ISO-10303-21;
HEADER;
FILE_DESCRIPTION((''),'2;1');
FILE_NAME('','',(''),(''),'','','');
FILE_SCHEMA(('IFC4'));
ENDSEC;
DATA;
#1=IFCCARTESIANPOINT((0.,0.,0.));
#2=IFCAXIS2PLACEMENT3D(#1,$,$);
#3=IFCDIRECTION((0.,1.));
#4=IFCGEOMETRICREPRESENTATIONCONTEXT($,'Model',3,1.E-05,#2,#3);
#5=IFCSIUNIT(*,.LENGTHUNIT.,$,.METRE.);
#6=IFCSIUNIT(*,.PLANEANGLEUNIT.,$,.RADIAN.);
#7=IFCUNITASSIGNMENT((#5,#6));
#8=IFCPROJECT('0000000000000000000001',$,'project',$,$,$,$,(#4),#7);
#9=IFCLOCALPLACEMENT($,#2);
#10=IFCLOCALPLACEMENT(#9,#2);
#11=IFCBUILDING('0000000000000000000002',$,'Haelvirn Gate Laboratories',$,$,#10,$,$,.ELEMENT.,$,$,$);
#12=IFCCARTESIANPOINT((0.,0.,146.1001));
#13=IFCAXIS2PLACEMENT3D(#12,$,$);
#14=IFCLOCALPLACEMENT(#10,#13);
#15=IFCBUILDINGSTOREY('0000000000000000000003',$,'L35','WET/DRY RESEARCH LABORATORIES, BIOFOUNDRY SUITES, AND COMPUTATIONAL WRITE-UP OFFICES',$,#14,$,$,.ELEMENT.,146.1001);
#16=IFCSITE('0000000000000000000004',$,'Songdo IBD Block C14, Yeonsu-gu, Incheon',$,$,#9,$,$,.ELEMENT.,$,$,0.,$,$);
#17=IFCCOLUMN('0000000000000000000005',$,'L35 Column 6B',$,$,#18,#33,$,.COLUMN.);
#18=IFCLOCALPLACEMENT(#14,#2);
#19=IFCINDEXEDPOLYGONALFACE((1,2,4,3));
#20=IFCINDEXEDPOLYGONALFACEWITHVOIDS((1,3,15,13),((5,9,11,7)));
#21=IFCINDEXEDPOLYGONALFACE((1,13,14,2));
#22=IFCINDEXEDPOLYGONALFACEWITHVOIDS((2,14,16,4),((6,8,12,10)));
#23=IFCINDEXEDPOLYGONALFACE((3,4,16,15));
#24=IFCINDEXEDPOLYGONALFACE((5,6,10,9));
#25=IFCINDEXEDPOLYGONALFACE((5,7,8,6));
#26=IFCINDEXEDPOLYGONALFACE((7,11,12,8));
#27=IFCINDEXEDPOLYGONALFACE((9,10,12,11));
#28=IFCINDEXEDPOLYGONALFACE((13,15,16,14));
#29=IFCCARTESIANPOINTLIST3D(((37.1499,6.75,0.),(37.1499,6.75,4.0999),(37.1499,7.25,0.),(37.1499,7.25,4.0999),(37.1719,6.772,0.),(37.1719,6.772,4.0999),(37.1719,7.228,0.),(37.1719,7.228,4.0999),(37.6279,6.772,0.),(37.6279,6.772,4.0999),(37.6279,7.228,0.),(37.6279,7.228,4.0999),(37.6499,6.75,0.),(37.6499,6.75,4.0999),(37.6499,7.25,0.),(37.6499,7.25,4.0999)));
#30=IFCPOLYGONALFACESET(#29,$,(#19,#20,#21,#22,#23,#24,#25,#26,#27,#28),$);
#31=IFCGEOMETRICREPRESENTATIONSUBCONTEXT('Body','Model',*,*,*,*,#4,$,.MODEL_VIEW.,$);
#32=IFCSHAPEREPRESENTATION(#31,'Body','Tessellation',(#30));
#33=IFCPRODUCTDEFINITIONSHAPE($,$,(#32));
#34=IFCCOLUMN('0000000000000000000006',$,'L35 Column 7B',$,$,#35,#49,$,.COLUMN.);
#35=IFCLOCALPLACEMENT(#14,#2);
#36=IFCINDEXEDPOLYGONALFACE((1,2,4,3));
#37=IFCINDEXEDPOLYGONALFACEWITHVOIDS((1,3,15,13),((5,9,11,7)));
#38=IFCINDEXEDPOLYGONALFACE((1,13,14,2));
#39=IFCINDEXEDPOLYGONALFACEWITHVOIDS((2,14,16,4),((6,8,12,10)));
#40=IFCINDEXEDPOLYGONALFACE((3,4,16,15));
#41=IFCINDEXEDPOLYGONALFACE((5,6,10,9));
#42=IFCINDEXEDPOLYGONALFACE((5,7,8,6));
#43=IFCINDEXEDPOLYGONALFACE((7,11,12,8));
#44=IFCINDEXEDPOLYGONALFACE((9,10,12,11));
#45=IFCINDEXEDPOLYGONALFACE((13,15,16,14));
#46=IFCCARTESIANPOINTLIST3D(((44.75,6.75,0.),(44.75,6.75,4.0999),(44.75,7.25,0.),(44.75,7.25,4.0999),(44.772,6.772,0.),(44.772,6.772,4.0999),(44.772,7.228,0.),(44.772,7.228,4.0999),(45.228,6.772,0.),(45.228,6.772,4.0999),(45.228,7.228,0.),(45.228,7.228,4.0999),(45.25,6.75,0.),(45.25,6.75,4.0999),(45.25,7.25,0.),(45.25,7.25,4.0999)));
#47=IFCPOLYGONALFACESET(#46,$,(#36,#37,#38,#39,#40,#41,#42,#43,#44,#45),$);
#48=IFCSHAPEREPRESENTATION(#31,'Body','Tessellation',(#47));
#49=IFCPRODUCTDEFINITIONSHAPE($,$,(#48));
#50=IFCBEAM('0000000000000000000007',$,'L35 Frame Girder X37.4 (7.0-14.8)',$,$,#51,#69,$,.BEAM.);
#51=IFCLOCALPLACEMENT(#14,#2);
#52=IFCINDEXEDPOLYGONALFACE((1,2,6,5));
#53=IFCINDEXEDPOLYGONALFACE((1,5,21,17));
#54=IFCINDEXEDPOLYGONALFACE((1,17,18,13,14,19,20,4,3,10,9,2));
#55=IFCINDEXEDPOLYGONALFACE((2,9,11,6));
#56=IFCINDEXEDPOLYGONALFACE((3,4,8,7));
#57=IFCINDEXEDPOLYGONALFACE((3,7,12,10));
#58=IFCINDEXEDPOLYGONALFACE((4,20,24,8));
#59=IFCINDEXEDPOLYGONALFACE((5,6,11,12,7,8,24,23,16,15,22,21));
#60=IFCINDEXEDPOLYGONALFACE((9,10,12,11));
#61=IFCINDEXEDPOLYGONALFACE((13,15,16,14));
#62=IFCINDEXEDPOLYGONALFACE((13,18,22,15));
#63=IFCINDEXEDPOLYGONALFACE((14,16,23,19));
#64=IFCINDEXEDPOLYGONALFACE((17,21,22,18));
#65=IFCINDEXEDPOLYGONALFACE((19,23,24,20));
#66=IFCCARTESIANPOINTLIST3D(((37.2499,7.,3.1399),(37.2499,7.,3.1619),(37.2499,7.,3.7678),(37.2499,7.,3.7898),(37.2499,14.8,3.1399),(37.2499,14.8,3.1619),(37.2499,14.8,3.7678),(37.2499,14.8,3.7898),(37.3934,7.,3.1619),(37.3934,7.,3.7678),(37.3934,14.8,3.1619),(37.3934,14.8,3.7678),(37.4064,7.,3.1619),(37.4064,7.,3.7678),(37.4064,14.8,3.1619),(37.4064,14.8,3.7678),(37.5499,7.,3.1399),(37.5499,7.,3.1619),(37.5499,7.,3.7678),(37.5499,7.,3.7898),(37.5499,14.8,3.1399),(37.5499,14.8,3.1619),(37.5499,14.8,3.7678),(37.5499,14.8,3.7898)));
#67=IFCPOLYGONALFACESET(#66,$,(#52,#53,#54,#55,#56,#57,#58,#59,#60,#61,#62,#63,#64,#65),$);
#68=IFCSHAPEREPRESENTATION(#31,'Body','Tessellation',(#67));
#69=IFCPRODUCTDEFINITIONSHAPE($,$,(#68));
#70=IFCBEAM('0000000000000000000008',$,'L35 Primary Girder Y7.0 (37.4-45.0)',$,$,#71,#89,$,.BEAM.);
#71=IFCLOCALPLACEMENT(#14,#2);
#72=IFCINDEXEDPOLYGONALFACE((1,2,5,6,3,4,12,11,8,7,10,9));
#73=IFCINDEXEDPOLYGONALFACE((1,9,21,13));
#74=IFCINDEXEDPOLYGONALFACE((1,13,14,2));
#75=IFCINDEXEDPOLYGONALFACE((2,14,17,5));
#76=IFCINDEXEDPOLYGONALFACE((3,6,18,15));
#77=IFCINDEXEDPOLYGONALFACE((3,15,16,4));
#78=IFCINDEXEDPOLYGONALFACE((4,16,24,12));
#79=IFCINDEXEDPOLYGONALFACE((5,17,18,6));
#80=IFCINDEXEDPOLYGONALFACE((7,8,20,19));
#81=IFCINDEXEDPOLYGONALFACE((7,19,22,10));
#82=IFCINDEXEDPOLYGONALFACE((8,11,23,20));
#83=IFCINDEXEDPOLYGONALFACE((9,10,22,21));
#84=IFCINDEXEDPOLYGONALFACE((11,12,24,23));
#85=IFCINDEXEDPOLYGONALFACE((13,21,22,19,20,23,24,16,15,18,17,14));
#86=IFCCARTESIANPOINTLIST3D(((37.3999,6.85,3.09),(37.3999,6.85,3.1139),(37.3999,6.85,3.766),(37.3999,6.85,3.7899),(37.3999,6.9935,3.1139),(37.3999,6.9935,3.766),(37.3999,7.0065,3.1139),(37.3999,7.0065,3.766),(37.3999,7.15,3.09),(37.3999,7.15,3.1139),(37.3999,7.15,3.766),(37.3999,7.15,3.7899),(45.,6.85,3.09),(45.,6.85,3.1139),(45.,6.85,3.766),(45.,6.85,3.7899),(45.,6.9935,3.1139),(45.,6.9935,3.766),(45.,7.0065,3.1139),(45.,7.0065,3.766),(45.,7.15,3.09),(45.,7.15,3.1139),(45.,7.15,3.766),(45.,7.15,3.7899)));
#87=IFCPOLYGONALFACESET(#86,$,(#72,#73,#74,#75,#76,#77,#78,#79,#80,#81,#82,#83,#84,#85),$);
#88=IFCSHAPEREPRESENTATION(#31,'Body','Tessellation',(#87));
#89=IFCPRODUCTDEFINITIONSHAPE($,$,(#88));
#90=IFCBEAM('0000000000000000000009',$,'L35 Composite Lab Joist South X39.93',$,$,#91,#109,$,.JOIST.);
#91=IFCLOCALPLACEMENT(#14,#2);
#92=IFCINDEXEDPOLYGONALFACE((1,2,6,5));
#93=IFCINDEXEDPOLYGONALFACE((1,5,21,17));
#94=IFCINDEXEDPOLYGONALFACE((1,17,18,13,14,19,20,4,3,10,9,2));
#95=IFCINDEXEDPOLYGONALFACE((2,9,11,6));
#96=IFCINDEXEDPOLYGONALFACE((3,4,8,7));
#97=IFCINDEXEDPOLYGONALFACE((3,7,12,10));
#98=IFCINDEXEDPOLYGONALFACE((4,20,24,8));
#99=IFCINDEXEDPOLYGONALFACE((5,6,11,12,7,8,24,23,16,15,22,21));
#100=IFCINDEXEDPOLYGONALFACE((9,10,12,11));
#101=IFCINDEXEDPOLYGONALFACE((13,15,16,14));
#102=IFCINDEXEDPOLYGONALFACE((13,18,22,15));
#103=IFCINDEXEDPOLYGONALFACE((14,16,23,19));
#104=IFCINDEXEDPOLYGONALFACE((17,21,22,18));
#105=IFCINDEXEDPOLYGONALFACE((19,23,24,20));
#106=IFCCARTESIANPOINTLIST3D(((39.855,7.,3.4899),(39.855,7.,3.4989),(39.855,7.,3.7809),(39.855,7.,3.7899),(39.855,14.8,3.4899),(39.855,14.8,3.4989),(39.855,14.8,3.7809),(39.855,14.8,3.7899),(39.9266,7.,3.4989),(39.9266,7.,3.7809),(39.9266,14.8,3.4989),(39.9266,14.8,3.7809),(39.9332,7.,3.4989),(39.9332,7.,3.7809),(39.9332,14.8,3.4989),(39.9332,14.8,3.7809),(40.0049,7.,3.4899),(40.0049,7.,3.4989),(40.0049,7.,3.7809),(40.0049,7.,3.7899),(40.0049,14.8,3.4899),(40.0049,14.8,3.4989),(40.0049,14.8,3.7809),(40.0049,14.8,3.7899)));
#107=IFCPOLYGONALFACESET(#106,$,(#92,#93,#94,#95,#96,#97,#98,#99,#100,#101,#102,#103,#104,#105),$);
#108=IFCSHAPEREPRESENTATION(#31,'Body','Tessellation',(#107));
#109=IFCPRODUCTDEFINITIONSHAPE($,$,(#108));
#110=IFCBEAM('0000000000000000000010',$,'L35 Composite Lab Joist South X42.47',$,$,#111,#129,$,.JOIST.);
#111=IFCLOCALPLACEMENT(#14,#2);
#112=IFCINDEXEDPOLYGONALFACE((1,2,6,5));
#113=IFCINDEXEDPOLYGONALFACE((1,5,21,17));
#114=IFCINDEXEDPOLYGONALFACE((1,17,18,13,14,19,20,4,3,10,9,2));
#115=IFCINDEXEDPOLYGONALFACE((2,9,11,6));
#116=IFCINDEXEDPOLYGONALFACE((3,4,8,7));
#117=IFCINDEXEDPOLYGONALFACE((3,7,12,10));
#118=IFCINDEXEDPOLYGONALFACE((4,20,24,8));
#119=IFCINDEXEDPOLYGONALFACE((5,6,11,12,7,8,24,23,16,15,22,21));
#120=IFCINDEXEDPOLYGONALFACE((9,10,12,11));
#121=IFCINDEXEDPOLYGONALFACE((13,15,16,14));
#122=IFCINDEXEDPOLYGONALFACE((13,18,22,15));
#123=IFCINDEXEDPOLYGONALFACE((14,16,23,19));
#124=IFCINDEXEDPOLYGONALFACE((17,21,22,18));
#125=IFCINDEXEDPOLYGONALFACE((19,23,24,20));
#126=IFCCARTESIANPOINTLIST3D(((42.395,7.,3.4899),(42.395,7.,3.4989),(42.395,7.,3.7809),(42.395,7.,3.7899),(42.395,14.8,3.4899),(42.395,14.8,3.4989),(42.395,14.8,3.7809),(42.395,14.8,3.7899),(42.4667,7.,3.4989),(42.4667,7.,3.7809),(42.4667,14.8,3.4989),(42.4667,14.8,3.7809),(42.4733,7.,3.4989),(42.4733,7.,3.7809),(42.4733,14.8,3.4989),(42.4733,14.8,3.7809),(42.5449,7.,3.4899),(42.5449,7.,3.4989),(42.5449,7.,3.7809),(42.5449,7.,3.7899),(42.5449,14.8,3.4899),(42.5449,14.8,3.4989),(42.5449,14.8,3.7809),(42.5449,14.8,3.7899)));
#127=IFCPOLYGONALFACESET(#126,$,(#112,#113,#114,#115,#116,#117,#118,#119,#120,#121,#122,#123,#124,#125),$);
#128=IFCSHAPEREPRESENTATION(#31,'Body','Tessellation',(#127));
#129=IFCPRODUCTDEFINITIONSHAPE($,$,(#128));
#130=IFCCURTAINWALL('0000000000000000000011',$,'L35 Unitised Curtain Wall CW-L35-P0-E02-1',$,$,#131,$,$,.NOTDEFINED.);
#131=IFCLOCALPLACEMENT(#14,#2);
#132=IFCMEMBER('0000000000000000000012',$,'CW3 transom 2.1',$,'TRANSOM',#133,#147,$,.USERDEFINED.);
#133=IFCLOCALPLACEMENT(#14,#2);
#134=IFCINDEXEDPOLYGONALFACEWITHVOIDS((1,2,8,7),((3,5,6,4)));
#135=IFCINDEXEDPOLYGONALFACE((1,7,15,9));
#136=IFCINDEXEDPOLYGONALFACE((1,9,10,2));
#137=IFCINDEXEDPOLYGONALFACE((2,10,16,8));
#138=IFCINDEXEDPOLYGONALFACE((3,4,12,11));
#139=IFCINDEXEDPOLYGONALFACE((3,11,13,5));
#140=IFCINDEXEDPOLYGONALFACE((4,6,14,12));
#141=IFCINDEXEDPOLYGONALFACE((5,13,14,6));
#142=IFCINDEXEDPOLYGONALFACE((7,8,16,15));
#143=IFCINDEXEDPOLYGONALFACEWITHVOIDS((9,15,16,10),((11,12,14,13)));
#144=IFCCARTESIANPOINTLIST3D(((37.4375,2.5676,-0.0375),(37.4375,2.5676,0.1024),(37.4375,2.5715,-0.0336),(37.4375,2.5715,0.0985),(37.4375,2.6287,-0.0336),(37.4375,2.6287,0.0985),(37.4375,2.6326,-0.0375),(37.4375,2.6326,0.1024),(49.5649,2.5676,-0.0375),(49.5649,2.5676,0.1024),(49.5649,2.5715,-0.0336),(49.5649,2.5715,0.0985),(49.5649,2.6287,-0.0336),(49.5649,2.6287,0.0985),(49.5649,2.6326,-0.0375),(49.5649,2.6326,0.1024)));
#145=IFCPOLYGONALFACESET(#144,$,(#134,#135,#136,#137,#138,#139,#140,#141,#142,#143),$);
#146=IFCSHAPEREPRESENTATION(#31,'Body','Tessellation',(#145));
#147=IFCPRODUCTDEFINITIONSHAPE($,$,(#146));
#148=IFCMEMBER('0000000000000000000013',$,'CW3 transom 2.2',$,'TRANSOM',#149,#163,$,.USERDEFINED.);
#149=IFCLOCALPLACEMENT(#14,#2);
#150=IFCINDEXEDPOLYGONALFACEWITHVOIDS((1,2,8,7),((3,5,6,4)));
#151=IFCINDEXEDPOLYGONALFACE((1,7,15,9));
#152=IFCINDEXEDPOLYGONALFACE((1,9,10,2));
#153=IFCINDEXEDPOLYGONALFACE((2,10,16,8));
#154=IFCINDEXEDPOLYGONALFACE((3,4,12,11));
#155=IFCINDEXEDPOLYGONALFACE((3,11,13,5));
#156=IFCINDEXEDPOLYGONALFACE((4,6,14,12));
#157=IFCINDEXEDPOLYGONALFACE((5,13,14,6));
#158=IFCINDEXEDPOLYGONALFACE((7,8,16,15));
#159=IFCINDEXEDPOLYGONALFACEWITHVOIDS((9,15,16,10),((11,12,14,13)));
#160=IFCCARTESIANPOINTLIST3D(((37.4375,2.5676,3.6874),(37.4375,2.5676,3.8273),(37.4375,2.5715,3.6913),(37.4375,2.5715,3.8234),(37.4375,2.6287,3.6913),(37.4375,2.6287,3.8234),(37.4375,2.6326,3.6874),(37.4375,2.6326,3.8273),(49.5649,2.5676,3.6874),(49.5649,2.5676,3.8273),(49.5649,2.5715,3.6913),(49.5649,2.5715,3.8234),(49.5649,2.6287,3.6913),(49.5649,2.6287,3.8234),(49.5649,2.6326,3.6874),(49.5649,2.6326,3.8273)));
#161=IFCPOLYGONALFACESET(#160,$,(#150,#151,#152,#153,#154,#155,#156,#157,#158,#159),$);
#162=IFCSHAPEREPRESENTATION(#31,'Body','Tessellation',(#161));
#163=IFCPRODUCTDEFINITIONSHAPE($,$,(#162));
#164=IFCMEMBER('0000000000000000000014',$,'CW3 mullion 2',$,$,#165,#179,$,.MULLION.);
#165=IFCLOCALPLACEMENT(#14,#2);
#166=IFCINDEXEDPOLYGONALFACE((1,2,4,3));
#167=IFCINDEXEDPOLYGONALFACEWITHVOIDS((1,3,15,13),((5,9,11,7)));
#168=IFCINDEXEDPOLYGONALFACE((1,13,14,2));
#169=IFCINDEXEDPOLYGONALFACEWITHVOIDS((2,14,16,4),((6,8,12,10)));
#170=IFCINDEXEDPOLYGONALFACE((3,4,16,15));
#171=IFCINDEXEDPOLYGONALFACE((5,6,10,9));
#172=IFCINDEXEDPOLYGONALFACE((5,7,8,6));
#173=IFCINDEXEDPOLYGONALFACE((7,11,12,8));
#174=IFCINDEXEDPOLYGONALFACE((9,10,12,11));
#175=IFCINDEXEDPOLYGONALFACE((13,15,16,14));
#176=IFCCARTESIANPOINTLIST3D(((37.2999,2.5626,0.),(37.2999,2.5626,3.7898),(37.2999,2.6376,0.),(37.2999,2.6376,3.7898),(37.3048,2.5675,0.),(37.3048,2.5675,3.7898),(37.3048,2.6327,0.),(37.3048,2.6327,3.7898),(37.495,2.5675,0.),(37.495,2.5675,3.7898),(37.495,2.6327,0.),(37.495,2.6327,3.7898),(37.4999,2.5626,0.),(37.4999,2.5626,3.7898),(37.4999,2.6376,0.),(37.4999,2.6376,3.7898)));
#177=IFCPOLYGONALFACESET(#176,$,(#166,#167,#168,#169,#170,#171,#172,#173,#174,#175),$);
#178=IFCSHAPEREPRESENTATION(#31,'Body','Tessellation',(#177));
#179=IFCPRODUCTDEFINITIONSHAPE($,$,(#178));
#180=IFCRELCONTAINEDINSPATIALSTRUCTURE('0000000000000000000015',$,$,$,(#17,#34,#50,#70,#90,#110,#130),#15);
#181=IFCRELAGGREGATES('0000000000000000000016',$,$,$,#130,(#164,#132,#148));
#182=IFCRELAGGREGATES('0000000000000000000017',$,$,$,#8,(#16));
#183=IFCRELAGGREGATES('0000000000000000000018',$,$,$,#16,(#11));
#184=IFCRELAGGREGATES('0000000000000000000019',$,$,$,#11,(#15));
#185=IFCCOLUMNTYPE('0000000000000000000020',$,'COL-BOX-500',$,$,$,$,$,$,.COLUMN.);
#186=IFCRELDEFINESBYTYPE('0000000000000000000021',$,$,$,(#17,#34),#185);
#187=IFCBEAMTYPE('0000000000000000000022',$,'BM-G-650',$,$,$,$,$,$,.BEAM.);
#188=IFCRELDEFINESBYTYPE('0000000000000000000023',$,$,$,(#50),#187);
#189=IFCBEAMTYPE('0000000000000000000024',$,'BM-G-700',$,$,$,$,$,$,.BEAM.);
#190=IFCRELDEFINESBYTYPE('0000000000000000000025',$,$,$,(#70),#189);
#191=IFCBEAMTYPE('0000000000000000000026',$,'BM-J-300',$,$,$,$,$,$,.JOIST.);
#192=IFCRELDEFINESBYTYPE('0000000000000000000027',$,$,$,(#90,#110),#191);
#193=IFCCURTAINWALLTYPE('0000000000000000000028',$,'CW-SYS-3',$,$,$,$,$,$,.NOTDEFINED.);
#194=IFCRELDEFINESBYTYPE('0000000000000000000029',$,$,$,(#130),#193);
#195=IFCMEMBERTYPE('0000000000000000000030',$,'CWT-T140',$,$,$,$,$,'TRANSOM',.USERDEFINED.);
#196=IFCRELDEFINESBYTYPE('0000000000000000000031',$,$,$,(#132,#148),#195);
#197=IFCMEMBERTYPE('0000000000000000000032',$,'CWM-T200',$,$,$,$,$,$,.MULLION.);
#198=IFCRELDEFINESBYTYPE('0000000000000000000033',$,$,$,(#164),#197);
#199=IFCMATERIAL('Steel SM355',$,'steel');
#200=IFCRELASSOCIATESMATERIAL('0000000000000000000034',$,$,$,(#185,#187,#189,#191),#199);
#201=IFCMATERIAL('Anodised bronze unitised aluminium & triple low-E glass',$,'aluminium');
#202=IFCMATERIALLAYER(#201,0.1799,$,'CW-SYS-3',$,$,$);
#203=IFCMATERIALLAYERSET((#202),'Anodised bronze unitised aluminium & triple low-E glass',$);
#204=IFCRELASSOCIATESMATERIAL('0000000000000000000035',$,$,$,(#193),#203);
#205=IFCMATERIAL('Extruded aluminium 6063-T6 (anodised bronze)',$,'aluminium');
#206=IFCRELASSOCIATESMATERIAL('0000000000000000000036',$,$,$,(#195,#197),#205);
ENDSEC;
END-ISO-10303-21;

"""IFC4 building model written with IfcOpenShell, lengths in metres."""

from ifc_helpers import new_model, si_unit, direction, frame, origin, origin_2d, place, context, subcontext, project, spatial, hollow_rectangle, i_section, extrude, source, transform, mapped, material, layer, layer_set, material_profile, profile_set, type_object, type_shapes, element, aggregate, save


model = new_model("IFC4")

# Units and contexts
model_context = context("Model", 3, precision=1e-05, world=origin(), true_north=direction((0.0, 1.0)))
body_context = subcontext(model_context, "Body", "Model", "MODEL_VIEW")
ifc_project = project(units=[si_unit("LENGTHUNIT", "METRE"), si_unit("PLANEANGLEUNIT", "RADIAN")], contexts=[model_context])

# Site, building, storey
site_placement = place(None, origin())
site = spatial("IfcSite", under=ifc_project, at=site_placement, Name="Songdo IBD Block C14, Yeonsu-gu, Incheon", CompositionType="ELEMENT", RefElevation=0.0)
building_placement = place(site_placement, origin())
building = spatial("IfcBuilding", under=site, at=building_placement, Name="Haelvirn Gate Laboratories", CompositionType="ELEMENT")
storey_placement = place(building_placement, frame((0.0, 0.0, 146.1001)))
storey = spatial("IfcBuildingStorey", under=building, at=storey_placement, Name="L35", Description="WET/DRY RESEARCH LABORATORIES, BIOFOUNDRY SUITES, AND COMPUTATIONAL WRITE-UP OFFICES", CompositionType="ELEMENT", Elevation=146.1001)

# Columns
ifc_material_1 = material(Name="Steel SM355", Category="steel")
ifc_material_profile_1 = material_profile(ifc_material_1, hollow_rectangle(XDim=0.5, YDim=0.5, WallThickness=0.022, at=origin_2d()), Name="BOX-500x500x22")
ifc_profile_set_1 = profile_set([ifc_material_profile_1], Name="Steel SM355")
column_type = type_object("IfcColumnType", Name="COL-BOX-500", PredefinedType="COLUMN", material=ifc_profile_set_1)
shared_shape_1 = source(origin(), body_context, "Body", "SweptSolid", [
    extrude(hollow_rectangle(XDim=0.5, YDim=0.5, WallThickness=0.022, at=origin_2d()), origin(), (0.0, 0.0, 1.0), 4.0999),
])
type_shapes(column_type, [shared_shape_1])
for number, where, z_axis, x_axis, name in (
    (1, (37.3999, 7.0, 0.0), (0.0, 0.0, 1.0), (1.0, 0.0, 0.0), "L35 Column 6B"),
    (2, (45.0, 7.0, 0.0), (0.0, 0.0, 1.0), (1.0, 0.0, 0.0), "L35 Column 7B"),
):
    element("IfcColumn", number, at=place(storey_placement, frame(where, z_axis=z_axis, x_axis=x_axis)), inside=storey, type_object=column_type, Name=name, PredefinedType="COLUMN", context=body_context, shape_type="MappedRepresentation", body=[
        mapped(shared_shape_1, transform((0.0, 0.0, 0.0), scale=1.0)),
    ])

# Beams
ifc_material_profile_2 = material_profile(ifc_material_1, i_section(OverallWidth=0.3, OverallDepth=0.6499, WebThickness=0.0129, FlangeThickness=0.022, at=origin_2d()), Name="H-650x300x13x22")
ifc_profile_set_2 = profile_set([ifc_material_profile_2], Name="Steel SM355")
beam_type_1 = type_object("IfcBeamType", Name="BM-G-650", PredefinedType="BEAM", material=ifc_profile_set_2)
shared_shape_2 = source(origin(), body_context, "Body", "SweptSolid", [
    extrude(i_section(OverallWidth=0.3, OverallDepth=0.6499, WebThickness=0.0129, FlangeThickness=0.022, at=origin_2d()), origin(), (0.0, 0.0, 1.0), 7.8),
])
type_shapes(beam_type_1, [shared_shape_2])
beam_1_placement = place(storey_placement, frame((37.3999, 7.0, 3.4648), z_axis=(0.0, 1.0, 0.0), x_axis=(-1.0, 0.0, 0.0)))
element("IfcBeam", 3, at=beam_1_placement, inside=storey, type_object=beam_type_1, Name="L35 Frame Girder X37.4 (7.0-14.8)", PredefinedType="BEAM", context=body_context, shape_type="MappedRepresentation", body=[
    mapped(shared_shape_2, transform((0.0, 0.0, 0.0), scale=1.0)),
])
ifc_material_profile_3 = material_profile(ifc_material_1, i_section(OverallWidth=0.3, OverallDepth=0.7, WebThickness=0.0129, FlangeThickness=0.0239, at=origin_2d()), Name="H-700x300x13x24")
ifc_profile_set_3 = profile_set([ifc_material_profile_3], Name="Steel SM355")
beam_type_2 = type_object("IfcBeamType", Name="BM-G-700", PredefinedType="BEAM", material=ifc_profile_set_3)
shared_shape_3 = source(origin(), body_context, "Body", "SweptSolid", [
    extrude(i_section(OverallWidth=0.3, OverallDepth=0.7, WebThickness=0.0129, FlangeThickness=0.0239, at=origin_2d()), origin(), (0.0, 0.0, 1.0), 7.6001),
])
type_shapes(beam_type_2, [shared_shape_3])
beam_2_placement = place(storey_placement, frame((37.3999, 7.0, 3.4399), z_axis=(1.0, 0.0, 0.0), x_axis=(0.0, 1.0, 0.0)))
element("IfcBeam", 4, at=beam_2_placement, inside=storey, type_object=beam_type_2, Name="L35 Primary Girder Y7.0 (37.4-45.0)", PredefinedType="BEAM", context=body_context, shape_type="MappedRepresentation", body=[
    mapped(shared_shape_3, transform((0.0, 0.0, 0.0), scale=1.0)),
])
ifc_material_profile_4 = material_profile(ifc_material_1, i_section(OverallWidth=0.1499, OverallDepth=0.3, WebThickness=0.0066, FlangeThickness=0.009, at=origin_2d()), Name="H-300x150x6.5x9")
ifc_profile_set_4 = profile_set([ifc_material_profile_4], Name="Steel SM355")
beam_type_3 = type_object("IfcBeamType", Name="BM-J-300", PredefinedType="JOIST", material=ifc_profile_set_4)
shared_shape_4 = source(origin(), body_context, "Body", "SweptSolid", [
    extrude(i_section(OverallWidth=0.1499, OverallDepth=0.3, WebThickness=0.0066, FlangeThickness=0.009, at=origin_2d()), origin(), (0.0, 0.0, 1.0), 7.8),
])
type_shapes(beam_type_3, [shared_shape_4])
for number, where, z_axis, x_axis, name in (
    (5, (39.9299, 7.0, 3.6399), (0.0, 1.0, 0.0), (-1.0, 0.0, 0.0), "L35 Composite Lab Joist South X39.93"),
    (6, (42.47, 7.0, 3.6399), (0.0, 1.0, 0.0), (-1.0, 0.0, 0.0), "L35 Composite Lab Joist South X42.47"),
):
    element("IfcBeam", number, at=place(storey_placement, frame(where, z_axis=z_axis, x_axis=x_axis)), inside=storey, type_object=beam_type_3, Name=name, PredefinedType="JOIST", context=body_context, shape_type="MappedRepresentation", body=[
        mapped(shared_shape_4, transform((0.0, 0.0, 0.0), scale=1.0)),
    ])

# Curtain wall, members
ifc_material_2 = material(Name="Anodised bronze unitised aluminium & triple low-E glass", Category="aluminium")
ifc_layer_1 = layer(ifc_material_2, 0.1799, Name="CW-SYS-3")
ifc_layer_set_1 = layer_set([ifc_layer_1], Name="Anodised bronze unitised aluminium & triple low-E glass")
curtain_wall_type = type_object("IfcCurtainWallType", Name="CW-SYS-3", PredefinedType="NOTDEFINED", material=ifc_layer_set_1)
curtain_wall_1_placement = place(storey_placement, origin())
curtain_wall_1 = element("IfcCurtainWall", 7, at=curtain_wall_1_placement, inside=storey, type_object=curtain_wall_type, Name="L35 Unitised Curtain Wall CW-L35-P0-E02-1", PredefinedType="NOTDEFINED")
ifc_material_3 = material(Name="Extruded aluminium 6063-T6 (anodised bronze)", Category="aluminium")
ifc_material_profile_5 = material_profile(ifc_material_3, hollow_rectangle(XDim=0.0649, YDim=0.1399, WallThickness=0.0039, at=origin_2d()), Name="CWT-140x65x4")
ifc_profile_set_5 = profile_set([ifc_material_profile_5], Name="Extruded aluminium 6063-T6 (anodised bronze)")
member_type_1 = type_object("IfcMemberType", Name="CWT-T140", ElementType="TRANSOM", PredefinedType="USERDEFINED", material=ifc_profile_set_5)
shared_shape_5 = source(origin(), body_context, "Body", "SweptSolid", [
    extrude(hollow_rectangle(XDim=0.0649, YDim=0.1399, WallThickness=0.0039, at=origin_2d()), origin(), (0.0, 0.0, 1.0), 12.1274),
])
member_1_placement = place(storey_placement, frame((37.4375, 2.6001, 0.0325), z_axis=(1.0, 0.0, 0.0), x_axis=(0.0, 1.0, 0.0)))
member_1 = element("IfcMember", 8, at=member_1_placement, type_object=member_type_1, Name="CW3 transom 2.1", ObjectType="TRANSOM", PredefinedType="USERDEFINED", context=body_context, shape_type="MappedRepresentation", body=[
    mapped(shared_shape_5, transform((0.0, 0.0, 0.0), scale=1.0)),
])
member_2_placement = place(storey_placement, frame((37.4375, 2.6001, 3.7573), z_axis=(1.0, 0.0, 0.0), x_axis=(0.0, 1.0, 0.0)))
member_2 = element("IfcMember", 9, at=member_2_placement, type_object=member_type_1, Name="CW3 transom 2.2", ObjectType="TRANSOM", PredefinedType="USERDEFINED", context=body_context, shape_type="MappedRepresentation", body=[
    mapped(shared_shape_5, transform((0.0, 0.0, 0.0), scale=1.0)),
])
ifc_material_profile_6 = material_profile(ifc_material_3, hollow_rectangle(XDim=0.075, YDim=0.2, WallThickness=0.0049, at=origin_2d()), Name="CWM-200x75x5")
ifc_profile_set_6 = profile_set([ifc_material_profile_6], Name="Extruded aluminium 6063-T6 (anodised bronze)")
member_type_2 = type_object("IfcMemberType", Name="CWM-T200", PredefinedType="MULLION", material=ifc_profile_set_6)
shared_shape_6 = source(origin(), body_context, "Body", "SweptSolid", [
    extrude(hollow_rectangle(XDim=0.075, YDim=0.2, WallThickness=0.0049, at=origin_2d()), origin(), (0.0, 0.0, 1.0), 3.7898),
])
type_shapes(member_type_2, [shared_shape_6])
member_3_placement = place(storey_placement, frame((37.3999, 2.6001, 0.0), z_axis=(0.0, 0.0, 1.0), x_axis=(0.0, 1.0, 0.0)))
member_3 = element("IfcMember", 10, at=member_3_placement, type_object=member_type_2, Name="CW3 mullion 2", PredefinedType="MULLION", context=body_context, shape_type="MappedRepresentation", body=[
    mapped(shared_shape_6, transform((0.0, 0.0, 0.0), scale=1.0)),
])

aggregate(curtain_wall_1, [member_3, member_1, member_2])

save(model, "model.ifc")
